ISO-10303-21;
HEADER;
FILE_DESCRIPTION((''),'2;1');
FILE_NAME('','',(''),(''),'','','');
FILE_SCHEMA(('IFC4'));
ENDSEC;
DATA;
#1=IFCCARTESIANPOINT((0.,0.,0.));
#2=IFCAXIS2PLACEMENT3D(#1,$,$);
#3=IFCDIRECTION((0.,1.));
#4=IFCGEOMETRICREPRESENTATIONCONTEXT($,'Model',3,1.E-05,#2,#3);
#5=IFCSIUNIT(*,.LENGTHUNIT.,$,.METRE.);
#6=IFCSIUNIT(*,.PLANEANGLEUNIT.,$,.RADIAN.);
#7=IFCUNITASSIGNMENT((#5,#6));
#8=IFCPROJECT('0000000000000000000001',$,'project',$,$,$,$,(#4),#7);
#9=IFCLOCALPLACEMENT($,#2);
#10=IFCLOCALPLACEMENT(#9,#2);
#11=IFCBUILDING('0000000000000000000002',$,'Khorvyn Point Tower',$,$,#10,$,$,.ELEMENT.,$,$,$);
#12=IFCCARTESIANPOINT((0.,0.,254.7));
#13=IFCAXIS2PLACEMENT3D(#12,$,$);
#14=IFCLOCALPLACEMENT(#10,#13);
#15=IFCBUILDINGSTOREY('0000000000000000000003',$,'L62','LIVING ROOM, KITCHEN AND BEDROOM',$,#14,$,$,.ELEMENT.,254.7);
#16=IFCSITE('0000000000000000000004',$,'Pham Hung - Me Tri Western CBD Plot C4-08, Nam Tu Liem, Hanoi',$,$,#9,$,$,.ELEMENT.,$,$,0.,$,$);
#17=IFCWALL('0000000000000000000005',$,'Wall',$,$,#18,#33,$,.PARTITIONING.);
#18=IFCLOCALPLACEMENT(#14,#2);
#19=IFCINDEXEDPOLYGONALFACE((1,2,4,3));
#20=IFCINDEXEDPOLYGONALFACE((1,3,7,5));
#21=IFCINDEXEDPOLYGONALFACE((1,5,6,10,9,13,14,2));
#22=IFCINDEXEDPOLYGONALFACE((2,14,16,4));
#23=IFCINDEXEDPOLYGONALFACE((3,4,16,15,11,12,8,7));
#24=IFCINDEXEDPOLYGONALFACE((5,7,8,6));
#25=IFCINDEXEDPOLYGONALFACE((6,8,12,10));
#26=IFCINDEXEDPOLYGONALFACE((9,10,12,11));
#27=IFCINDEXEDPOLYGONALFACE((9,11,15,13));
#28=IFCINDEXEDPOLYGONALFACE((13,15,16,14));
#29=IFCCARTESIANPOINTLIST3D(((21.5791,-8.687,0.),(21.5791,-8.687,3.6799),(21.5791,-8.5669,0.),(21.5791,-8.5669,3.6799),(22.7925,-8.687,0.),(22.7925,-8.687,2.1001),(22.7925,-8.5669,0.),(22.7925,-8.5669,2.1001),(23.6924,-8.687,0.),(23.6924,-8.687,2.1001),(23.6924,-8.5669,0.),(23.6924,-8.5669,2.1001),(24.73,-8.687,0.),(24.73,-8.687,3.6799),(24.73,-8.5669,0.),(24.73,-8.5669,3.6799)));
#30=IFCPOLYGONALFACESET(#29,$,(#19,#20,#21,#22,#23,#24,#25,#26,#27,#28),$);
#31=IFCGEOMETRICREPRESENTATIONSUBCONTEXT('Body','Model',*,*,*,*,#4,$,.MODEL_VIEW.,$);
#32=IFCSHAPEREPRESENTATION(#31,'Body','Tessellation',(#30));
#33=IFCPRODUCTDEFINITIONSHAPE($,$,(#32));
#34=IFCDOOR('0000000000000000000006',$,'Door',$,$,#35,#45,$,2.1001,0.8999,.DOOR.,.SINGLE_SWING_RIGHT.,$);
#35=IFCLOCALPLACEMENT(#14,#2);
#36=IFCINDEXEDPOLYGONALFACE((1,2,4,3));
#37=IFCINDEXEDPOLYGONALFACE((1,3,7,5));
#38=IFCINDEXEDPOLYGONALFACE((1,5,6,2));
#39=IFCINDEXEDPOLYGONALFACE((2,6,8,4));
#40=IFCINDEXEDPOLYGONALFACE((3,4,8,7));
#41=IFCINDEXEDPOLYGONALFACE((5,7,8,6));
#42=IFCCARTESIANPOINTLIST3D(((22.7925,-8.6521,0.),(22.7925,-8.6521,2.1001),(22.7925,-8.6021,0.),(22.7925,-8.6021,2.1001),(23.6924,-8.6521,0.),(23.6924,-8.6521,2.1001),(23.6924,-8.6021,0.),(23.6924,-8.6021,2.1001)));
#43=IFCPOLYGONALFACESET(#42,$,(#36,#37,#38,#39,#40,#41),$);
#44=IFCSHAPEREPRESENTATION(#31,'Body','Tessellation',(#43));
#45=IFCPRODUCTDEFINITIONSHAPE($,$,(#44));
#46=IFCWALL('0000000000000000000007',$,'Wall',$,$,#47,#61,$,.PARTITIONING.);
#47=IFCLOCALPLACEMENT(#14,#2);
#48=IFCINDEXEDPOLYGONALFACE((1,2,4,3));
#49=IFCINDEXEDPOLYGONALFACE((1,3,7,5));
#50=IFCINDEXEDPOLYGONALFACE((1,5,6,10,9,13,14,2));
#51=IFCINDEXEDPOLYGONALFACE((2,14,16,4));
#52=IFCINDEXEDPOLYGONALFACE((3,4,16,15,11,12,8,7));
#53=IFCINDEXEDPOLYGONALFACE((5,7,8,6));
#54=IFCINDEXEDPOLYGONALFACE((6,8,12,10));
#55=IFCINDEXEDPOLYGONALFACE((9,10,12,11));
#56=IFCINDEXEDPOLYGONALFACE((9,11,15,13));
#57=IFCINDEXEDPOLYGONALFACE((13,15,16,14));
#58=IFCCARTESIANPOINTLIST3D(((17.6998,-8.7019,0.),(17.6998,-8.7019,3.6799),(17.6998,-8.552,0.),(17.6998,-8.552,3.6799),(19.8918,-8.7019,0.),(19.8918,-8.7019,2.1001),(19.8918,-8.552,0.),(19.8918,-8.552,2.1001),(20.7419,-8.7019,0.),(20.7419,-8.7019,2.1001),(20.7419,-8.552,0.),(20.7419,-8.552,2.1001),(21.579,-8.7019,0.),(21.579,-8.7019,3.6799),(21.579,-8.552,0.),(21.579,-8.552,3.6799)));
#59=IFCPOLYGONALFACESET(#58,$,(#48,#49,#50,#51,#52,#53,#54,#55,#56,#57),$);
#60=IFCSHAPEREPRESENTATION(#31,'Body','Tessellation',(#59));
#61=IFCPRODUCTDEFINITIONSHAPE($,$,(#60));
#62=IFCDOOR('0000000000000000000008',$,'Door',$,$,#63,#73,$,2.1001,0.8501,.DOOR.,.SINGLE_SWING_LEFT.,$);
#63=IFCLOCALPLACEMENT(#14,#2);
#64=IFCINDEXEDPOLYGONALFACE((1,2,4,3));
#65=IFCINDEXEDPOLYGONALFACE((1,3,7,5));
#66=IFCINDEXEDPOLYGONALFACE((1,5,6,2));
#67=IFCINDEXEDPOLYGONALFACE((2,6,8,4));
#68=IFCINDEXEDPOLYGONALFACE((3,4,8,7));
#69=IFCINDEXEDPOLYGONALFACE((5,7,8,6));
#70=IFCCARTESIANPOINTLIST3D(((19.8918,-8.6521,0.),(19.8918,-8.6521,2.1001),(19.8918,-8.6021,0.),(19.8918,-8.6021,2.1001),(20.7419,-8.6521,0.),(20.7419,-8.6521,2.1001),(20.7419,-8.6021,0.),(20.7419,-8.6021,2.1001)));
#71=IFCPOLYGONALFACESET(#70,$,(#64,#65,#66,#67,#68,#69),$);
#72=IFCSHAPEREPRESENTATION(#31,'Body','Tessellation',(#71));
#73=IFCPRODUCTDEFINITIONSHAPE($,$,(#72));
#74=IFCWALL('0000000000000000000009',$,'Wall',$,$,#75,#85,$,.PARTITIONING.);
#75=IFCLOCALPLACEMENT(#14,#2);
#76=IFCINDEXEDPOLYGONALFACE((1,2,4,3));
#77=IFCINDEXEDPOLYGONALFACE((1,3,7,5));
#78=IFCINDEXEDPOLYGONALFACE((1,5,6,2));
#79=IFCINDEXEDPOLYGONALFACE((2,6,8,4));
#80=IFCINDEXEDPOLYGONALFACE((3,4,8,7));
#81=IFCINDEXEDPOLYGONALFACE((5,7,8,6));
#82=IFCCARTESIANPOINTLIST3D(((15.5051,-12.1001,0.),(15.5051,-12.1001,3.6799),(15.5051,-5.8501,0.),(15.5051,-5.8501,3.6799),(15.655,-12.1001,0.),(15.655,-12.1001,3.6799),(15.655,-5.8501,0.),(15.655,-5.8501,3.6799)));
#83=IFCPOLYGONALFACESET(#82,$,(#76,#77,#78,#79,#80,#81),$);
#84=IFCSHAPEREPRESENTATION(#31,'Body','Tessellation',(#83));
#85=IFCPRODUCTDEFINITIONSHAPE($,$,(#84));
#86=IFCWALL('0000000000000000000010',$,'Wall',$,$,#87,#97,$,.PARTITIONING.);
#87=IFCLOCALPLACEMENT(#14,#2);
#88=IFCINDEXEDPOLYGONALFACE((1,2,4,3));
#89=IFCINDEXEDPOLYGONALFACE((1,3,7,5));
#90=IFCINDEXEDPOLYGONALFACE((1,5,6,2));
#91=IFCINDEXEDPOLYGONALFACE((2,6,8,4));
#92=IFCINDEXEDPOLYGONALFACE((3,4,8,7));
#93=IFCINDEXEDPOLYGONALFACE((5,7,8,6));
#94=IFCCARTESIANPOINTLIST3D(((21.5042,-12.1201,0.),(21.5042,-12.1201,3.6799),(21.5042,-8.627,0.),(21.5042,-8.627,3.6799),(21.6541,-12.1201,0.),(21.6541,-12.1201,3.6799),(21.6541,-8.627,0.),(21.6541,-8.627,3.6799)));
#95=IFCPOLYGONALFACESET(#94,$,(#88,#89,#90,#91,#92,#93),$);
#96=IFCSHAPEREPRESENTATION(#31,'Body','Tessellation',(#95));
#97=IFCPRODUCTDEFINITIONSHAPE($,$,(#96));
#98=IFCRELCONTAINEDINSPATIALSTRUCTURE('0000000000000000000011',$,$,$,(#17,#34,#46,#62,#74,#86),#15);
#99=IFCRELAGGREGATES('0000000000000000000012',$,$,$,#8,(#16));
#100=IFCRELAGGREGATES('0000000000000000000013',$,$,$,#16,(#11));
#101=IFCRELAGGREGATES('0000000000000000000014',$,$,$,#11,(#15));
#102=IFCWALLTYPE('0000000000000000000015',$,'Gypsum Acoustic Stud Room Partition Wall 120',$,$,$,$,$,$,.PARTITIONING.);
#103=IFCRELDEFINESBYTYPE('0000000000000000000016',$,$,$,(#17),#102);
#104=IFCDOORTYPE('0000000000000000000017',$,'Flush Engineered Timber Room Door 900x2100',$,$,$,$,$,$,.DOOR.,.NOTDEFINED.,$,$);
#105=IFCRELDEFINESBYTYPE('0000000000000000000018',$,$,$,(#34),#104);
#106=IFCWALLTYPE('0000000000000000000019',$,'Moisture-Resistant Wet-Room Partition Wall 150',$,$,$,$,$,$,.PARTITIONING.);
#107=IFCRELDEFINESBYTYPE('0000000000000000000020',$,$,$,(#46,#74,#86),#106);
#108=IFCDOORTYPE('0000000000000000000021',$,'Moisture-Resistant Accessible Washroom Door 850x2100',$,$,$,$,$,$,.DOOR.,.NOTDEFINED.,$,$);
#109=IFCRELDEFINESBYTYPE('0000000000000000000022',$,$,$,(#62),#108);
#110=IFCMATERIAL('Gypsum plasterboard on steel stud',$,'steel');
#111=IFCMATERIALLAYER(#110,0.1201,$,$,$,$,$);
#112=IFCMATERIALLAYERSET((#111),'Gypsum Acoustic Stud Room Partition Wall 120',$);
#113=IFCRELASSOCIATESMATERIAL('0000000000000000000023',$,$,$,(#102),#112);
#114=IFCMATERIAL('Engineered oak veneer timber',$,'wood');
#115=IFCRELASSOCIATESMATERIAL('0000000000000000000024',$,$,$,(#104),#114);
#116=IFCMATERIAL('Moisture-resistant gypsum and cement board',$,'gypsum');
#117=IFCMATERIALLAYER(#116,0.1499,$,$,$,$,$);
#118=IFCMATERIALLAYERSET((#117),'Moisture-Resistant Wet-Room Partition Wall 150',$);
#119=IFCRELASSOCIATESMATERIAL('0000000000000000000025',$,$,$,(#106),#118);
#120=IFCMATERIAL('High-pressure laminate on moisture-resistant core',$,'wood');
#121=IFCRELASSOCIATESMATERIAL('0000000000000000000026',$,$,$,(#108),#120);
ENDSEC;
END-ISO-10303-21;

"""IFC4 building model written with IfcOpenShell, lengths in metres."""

from ifc_helpers import new_model, si_unit, direction, frame, frame_2d, origin, place, context, subcontext, project, spatial, rectangle, extrude, material, layer, layer_set, type_object, element, fill, save


model = new_model("IFC4")

# Units and contexts
model_context = context("Model", 3, precision=1e-05, world=origin(), true_north=direction((0.0, 1.0)))
body_context = subcontext(model_context, "Body", "Model", "MODEL_VIEW")
ifc_project = project(units=[si_unit("LENGTHUNIT", "METRE"), si_unit("PLANEANGLEUNIT", "RADIAN")], contexts=[model_context])

# Site, building, storey
site_placement = place(None, origin())
site = spatial("IfcSite", under=ifc_project, at=site_placement, Name="Pham Hung - Me Tri Western CBD Plot C4-08, Nam Tu Liem, Hanoi", CompositionType="ELEMENT", RefElevation=0.0)
building_placement = place(site_placement, origin())
building = spatial("IfcBuilding", under=site, at=building_placement, Name="Khorvyn Point Tower", CompositionType="ELEMENT")
storey_placement = place(building_placement, frame((0.0, 0.0, 254.7)))
storey = spatial("IfcBuildingStorey", under=building, at=storey_placement, Name="L62", Description="LIVING ROOM, KITCHEN AND BEDROOM", CompositionType="ELEMENT", Elevation=254.7)

# Walls, openings, doors
ifc_material_1 = material(Name="Gypsum plasterboard on steel stud", Category="steel")
ifc_layer_1 = layer(ifc_material_1, 0.1201)
ifc_layer_set_1 = layer_set([ifc_layer_1], Name="Gypsum Acoustic Stud Room Partition Wall 120")
wall_type_1 = type_object("IfcWallType", Name="Gypsum Acoustic Stud Room Partition Wall 120", PredefinedType="PARTITIONING", material=ifc_layer_set_1)
wall_1_placement = place(storey_placement, frame((21.5791, -8.627, 0.0), z_axis=(0.0, 0.0, 1.0), x_axis=(1.0, 0.0, 0.0)))
wall_1 = element("IfcWall", 1, at=wall_1_placement, inside=storey, type_object=wall_type_1, Name="Wall", PredefinedType="PARTITIONING", context=body_context, shape_type="SweptSolid", body=[
    extrude(rectangle(XDim=3.1509, YDim=0.1201, at=frame_2d((1.5754, 0.0))), origin(), (0.0, 0.0, 1.0), 3.6799),
])
opening_1_placement = place(wall_1_placement, frame((1.2134, 0.0, 0.0)))
opening_1 = element("IfcOpeningElement", 2, at=opening_1_placement, cuts=wall_1, PredefinedType="OPENING", context=body_context, shape_type="SweptSolid", body=[
    extrude(rectangle(XDim=0.8999, YDim=2.1001, at=frame_2d((0.45, 1.05))), frame((0.0, 0.0701, 0.0), z_axis=(0.0, -1.0, 0.0), x_axis=(1.0, 0.0, 0.0)), (0.0, 0.0, 1.0), 0.1401),
])
ifc_material_2 = material(Name="Engineered oak veneer timber", Category="wood")
door_type_1 = type_object("IfcDoorType", Name="Flush Engineered Timber Room Door 900x2100", OperationType="NOTDEFINED", PredefinedType="DOOR", material=ifc_material_2)
door_1_placement = place(opening_1_placement, origin())
door_1 = element("IfcDoor", 3, at=door_1_placement, inside=storey, type_object=door_type_1, Name="Door", OperationType="SINGLE_SWING_RIGHT", OverallHeight=2.1001, OverallWidth=0.8999, PredefinedType="DOOR", context=body_context, shape_type="SweptSolid", body=[
    extrude(rectangle(XDim=0.8999, YDim=2.1001, at=frame_2d((0.45, 1.05))), frame((0.0, 0.0249, 0.0), z_axis=(0.0, -1.0, 0.0), x_axis=(1.0, 0.0, 0.0)), (0.0, 0.0, 1.0), 0.05),
])
fill(opening_1, door_1)
ifc_material_3 = material(Name="Moisture-resistant gypsum and cement board", Category="gypsum")
ifc_layer_2 = layer(ifc_material_3, 0.1499)
ifc_layer_set_2 = layer_set([ifc_layer_2], Name="Moisture-Resistant Wet-Room Partition Wall 150")
wall_type_2 = type_object("IfcWallType", Name="Moisture-Resistant Wet-Room Partition Wall 150", PredefinedType="PARTITIONING", material=ifc_layer_set_2)
wall_2_placement = place(storey_placement, frame((17.7, -8.627, 0.0), z_axis=(0.0, 0.0, 1.0), x_axis=(1.0, 0.0, 0.0)))
wall_2 = element("IfcWall", 4, at=wall_2_placement, inside=storey, type_object=wall_type_2, Name="Wall", PredefinedType="PARTITIONING", context=body_context, shape_type="SweptSolid", body=[
    extrude(rectangle(XDim=3.8792, YDim=0.1499, at=frame_2d((1.9395, 0.0))), origin(), (0.0, 0.0, 1.0), 3.6799),
])
opening_2_placement = place(wall_2_placement, frame((2.1919, 0.0, 0.0)))
opening_2 = element("IfcOpeningElement", 5, at=opening_2_placement, cuts=wall_2, PredefinedType="OPENING", context=body_context, shape_type="SweptSolid", body=[
    extrude(rectangle(XDim=0.8501, YDim=2.1001, at=frame_2d((0.425, 1.05))), frame((0.0, 0.085, 0.0), z_axis=(0.0, -1.0, 0.0), x_axis=(1.0, 0.0, 0.0)), (0.0, 0.0, 1.0), 0.1699),
])
ifc_material_4 = material(Name="High-pressure laminate on moisture-resistant core", Category="wood")
door_type_2 = type_object("IfcDoorType", Name="Moisture-Resistant Accessible Washroom Door 850x2100", OperationType="NOTDEFINED", PredefinedType="DOOR", material=ifc_material_4)
door_2_placement = place(opening_2_placement, origin())
door_2 = element("IfcDoor", 6, at=door_2_placement, inside=storey, type_object=door_type_2, Name="Door", OperationType="SINGLE_SWING_LEFT", OverallHeight=2.1001, OverallWidth=0.8501, PredefinedType="DOOR", context=body_context, shape_type="SweptSolid", body=[
    extrude(rectangle(XDim=0.8501, YDim=2.1001, at=frame_2d((0.425, 1.05))), frame((0.0, 0.0249, 0.0), z_axis=(0.0, -1.0, 0.0), x_axis=(1.0, 0.0, 0.0)), (0.0, 0.0, 1.0), 0.05),
])
fill(opening_2, door_2)

# Walls
wall_3_placement = place(storey_placement, frame((15.5801, -12.1001, 0.0), z_axis=(0.0, 0.0, 1.0), x_axis=(0.0, 1.0, 0.0)))
element("IfcWall", 7, at=wall_3_placement, inside=storey, type_object=wall_type_2, Name="Wall", PredefinedType="PARTITIONING", context=body_context, shape_type="SweptSolid", body=[
    extrude(rectangle(XDim=6.25, YDim=0.1499, at=frame_2d((3.125, 0.0))), origin(), (0.0, 0.0, 1.0), 3.6799),
])
wall_4_placement = place(storey_placement, frame((21.5791, -12.1201, 0.0), z_axis=(0.0, 0.0, 1.0), x_axis=(0.0, 1.0, 0.0)))
element("IfcWall", 8, at=wall_4_placement, inside=storey, type_object=wall_type_2, Name="Wall", PredefinedType="PARTITIONING", context=body_context, shape_type="SweptSolid", body=[
    extrude(rectangle(XDim=3.4932, YDim=0.1499, at=frame_2d((1.7466, 0.0))), origin(), (0.0, 0.0, 1.0), 3.6799),
])

save(model, "model.ifc")
